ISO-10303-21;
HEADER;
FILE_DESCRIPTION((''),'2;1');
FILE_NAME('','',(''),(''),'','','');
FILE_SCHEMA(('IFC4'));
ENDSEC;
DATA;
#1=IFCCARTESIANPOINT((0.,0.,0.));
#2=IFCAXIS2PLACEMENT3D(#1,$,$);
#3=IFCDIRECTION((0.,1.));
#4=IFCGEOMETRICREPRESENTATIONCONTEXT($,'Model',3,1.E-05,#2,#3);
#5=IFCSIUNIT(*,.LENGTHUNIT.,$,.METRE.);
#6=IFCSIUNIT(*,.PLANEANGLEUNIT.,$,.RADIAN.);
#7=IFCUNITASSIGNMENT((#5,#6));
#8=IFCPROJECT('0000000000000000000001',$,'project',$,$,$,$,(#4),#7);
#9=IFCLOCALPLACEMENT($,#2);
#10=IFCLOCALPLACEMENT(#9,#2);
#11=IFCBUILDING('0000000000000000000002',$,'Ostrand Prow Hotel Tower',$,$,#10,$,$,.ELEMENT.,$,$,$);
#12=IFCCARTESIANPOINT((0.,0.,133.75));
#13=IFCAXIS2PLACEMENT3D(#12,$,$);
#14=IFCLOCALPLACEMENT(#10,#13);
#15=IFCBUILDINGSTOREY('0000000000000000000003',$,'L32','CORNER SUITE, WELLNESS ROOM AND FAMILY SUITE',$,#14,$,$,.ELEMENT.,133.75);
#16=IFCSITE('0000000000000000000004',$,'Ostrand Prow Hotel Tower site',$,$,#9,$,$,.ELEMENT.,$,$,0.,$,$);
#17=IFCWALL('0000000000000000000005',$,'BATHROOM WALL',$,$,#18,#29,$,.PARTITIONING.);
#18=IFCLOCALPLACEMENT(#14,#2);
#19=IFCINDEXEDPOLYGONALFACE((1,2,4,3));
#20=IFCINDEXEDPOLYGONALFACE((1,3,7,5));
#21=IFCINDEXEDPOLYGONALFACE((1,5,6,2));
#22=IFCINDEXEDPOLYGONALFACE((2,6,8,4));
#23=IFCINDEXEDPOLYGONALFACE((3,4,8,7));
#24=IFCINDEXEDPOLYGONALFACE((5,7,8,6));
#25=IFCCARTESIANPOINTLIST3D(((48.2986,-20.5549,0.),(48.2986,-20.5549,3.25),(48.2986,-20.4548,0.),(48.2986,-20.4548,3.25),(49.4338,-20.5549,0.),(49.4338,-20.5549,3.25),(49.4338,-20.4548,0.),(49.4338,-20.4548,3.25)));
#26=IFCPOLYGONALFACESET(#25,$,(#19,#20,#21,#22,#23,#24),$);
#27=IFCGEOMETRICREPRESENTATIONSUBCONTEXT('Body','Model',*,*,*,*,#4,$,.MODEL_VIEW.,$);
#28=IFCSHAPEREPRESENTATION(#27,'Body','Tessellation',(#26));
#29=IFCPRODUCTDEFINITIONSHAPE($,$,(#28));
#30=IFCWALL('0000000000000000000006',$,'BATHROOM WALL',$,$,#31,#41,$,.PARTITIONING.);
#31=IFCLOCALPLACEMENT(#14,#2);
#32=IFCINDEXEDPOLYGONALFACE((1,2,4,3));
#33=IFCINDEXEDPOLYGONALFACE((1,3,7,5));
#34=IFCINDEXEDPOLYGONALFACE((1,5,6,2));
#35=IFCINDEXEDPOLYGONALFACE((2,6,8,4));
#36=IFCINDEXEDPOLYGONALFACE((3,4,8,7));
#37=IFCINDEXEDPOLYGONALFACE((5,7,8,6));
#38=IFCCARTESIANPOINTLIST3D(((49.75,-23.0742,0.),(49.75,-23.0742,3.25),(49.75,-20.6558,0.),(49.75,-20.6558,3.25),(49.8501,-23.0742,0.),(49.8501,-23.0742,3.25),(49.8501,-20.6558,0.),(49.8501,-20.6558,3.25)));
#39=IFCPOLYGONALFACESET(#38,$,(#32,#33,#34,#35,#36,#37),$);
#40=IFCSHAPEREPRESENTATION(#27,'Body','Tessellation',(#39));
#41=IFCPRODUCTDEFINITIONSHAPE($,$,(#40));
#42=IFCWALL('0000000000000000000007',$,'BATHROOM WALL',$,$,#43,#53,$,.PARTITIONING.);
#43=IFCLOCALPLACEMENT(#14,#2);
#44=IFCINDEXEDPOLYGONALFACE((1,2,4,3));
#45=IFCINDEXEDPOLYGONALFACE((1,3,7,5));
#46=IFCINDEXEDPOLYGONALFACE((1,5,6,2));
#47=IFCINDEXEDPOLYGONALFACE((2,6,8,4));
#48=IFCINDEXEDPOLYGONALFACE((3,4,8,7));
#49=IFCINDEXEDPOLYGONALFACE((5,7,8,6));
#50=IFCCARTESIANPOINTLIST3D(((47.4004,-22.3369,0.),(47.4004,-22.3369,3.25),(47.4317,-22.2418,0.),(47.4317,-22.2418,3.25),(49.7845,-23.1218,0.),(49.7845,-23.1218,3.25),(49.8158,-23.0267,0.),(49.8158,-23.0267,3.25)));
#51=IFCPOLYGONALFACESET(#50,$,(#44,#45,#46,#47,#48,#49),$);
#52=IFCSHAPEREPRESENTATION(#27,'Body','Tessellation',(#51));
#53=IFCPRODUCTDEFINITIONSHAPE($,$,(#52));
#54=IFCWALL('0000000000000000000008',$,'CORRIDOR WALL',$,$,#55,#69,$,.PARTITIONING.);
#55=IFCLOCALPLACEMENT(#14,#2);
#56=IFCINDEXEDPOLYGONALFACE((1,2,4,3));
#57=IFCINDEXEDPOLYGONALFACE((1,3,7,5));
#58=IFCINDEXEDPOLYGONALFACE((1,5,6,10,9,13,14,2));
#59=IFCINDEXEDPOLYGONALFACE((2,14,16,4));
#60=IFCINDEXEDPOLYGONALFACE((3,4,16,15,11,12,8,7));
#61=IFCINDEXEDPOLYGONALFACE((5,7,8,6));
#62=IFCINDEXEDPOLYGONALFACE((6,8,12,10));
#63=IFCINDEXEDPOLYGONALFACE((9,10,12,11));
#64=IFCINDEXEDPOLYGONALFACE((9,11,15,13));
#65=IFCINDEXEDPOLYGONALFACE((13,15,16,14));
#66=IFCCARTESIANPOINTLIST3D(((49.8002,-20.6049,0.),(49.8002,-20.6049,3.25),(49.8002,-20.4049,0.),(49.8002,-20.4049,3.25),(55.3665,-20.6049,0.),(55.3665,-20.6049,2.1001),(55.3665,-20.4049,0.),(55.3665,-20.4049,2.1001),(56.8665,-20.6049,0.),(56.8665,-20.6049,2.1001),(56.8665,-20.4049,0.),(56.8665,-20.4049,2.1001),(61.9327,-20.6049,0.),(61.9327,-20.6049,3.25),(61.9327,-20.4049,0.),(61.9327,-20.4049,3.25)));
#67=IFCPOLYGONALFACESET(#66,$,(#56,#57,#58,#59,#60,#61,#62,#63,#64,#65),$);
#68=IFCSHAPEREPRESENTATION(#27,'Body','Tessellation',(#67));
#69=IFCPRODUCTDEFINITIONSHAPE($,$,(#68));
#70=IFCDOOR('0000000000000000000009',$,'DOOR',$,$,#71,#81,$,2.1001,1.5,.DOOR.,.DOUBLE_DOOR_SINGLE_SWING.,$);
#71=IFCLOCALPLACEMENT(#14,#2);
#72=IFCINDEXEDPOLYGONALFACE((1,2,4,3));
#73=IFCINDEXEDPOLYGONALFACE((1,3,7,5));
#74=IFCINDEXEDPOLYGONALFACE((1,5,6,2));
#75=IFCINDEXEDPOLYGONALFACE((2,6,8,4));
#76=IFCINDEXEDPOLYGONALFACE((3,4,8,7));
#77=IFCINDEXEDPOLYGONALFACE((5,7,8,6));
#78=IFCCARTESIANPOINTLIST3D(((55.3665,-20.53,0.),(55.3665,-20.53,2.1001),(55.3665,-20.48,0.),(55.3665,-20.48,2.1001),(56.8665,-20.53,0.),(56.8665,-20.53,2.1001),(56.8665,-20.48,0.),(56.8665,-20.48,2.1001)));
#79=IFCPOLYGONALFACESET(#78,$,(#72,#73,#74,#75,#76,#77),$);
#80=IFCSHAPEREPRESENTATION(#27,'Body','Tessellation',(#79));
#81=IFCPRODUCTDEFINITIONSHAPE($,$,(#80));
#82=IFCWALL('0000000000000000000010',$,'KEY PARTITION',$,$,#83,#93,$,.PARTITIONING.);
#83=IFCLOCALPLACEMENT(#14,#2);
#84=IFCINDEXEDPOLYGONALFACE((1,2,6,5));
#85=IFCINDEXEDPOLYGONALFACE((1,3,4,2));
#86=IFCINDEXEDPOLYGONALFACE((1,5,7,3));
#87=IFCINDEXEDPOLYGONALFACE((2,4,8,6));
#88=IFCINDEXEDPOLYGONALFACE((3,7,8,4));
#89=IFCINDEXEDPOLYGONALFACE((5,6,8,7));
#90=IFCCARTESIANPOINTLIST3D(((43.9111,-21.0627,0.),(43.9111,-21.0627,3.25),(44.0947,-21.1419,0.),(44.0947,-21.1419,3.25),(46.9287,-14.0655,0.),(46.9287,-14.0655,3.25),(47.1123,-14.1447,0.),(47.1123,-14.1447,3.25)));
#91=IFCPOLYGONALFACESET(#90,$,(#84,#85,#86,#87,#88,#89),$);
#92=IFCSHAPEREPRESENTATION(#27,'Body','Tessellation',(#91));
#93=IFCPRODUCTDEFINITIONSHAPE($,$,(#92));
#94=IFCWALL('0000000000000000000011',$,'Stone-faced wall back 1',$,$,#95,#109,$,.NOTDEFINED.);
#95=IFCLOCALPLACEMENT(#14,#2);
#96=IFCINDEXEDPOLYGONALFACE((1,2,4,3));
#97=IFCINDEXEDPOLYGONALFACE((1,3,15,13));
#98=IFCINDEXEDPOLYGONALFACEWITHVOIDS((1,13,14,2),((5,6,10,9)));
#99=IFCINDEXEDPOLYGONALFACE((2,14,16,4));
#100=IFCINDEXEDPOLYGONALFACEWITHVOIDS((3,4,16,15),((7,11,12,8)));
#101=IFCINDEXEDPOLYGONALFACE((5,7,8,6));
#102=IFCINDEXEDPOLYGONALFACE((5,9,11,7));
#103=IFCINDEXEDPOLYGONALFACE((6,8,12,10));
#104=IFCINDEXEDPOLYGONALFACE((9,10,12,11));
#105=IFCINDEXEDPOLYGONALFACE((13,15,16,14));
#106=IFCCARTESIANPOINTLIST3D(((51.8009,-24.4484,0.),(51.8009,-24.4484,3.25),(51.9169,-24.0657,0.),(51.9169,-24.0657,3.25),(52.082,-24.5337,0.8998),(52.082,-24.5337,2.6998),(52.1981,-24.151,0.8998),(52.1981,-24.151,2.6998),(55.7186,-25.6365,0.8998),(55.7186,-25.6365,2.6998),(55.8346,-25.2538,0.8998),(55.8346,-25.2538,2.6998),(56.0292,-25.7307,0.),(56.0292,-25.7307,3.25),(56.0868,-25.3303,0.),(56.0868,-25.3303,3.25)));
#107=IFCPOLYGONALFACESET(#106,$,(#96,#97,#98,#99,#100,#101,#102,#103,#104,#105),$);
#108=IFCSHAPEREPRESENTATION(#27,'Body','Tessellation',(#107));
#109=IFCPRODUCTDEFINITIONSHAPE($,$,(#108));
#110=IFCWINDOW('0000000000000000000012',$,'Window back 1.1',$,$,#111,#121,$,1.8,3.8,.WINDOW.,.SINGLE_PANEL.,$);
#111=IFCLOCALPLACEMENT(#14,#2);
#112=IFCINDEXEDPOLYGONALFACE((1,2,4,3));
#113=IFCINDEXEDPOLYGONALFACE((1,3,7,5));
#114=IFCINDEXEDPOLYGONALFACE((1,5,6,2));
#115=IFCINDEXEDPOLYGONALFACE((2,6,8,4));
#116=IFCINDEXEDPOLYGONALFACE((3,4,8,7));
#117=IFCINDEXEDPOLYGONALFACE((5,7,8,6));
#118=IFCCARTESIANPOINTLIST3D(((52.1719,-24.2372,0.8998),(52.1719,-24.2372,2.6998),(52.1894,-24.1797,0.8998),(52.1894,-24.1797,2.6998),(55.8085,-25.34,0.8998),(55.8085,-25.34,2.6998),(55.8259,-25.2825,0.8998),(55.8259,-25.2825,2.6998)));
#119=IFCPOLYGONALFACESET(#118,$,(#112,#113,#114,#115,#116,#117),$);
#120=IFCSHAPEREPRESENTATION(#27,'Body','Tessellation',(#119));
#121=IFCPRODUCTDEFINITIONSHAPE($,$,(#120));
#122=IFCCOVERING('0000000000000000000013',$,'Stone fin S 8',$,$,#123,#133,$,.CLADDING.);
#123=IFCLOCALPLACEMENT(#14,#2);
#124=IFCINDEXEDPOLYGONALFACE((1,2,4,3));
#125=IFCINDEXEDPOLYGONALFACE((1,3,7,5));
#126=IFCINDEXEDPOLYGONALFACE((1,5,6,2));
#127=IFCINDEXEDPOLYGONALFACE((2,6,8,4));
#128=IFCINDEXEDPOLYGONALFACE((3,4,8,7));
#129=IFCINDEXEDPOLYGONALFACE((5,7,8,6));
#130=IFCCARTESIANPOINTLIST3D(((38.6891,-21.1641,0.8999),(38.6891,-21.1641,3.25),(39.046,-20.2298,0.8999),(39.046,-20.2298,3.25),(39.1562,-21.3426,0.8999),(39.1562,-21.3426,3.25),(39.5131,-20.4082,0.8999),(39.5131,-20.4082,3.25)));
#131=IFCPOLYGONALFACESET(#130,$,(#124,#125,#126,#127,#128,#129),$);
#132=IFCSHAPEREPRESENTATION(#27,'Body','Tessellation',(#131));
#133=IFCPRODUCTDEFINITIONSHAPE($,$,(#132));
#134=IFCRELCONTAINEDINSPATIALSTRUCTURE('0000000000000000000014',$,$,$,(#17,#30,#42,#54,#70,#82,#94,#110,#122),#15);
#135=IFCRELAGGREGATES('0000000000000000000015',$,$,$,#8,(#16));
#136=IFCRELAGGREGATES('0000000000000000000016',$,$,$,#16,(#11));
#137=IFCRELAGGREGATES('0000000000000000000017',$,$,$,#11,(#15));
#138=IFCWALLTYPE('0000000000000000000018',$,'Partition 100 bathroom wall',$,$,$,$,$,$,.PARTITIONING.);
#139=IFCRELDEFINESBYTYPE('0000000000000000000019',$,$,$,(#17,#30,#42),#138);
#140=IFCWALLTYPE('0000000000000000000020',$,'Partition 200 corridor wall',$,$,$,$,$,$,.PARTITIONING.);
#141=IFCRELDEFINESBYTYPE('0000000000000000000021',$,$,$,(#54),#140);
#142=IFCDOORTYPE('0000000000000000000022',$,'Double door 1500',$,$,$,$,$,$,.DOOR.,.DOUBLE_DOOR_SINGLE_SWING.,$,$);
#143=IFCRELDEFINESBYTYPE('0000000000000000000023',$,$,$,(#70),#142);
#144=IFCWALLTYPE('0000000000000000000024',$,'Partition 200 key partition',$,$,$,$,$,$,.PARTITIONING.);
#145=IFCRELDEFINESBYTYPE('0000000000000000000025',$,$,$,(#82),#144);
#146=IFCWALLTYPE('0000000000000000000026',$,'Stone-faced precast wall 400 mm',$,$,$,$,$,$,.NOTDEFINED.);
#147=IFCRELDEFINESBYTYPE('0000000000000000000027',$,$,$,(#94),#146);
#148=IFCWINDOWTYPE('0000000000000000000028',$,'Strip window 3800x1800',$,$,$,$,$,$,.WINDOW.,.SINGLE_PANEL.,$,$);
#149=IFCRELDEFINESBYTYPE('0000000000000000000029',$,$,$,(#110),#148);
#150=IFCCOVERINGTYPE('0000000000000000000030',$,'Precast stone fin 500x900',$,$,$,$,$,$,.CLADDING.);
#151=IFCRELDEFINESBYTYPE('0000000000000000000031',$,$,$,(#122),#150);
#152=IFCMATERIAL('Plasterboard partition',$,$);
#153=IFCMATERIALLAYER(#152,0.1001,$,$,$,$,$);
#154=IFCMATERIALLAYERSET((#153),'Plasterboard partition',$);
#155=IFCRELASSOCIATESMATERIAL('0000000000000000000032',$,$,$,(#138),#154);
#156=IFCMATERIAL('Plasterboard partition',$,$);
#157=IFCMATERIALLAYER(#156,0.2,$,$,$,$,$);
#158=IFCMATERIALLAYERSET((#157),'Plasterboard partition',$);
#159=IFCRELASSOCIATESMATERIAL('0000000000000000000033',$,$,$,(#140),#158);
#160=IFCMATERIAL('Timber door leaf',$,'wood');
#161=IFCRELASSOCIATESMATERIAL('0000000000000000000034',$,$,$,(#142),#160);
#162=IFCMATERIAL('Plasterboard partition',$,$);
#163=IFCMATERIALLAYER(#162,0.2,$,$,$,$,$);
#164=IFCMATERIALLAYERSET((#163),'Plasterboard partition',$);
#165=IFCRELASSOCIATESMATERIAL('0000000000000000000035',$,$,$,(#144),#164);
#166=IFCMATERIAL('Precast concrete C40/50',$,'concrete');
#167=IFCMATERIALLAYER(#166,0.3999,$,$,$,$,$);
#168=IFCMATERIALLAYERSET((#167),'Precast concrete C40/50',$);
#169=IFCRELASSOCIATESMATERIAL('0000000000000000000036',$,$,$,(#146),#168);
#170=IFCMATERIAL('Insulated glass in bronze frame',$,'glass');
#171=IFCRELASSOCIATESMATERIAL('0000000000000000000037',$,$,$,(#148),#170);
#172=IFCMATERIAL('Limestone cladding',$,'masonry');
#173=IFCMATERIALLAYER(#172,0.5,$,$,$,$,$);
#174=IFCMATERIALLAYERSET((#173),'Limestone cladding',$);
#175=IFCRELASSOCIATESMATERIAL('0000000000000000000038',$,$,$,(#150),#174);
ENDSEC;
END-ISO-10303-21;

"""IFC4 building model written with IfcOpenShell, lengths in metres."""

from ifc_helpers import new_model, si_unit, direction, frame, frame_2d, origin, place, context, subcontext, project, spatial, polyline, rectangle, outline, extrude, material, layer, layer_set, type_object, element, fill, save


model = new_model("IFC4")

# Units and contexts
model_context = context("Model", 3, precision=1e-05, world=origin(), true_north=direction((0.0, 1.0)))
body_context = subcontext(model_context, "Body", "Model", "MODEL_VIEW")
ifc_project = project(units=[si_unit("LENGTHUNIT", "METRE"), si_unit("PLANEANGLEUNIT", "RADIAN")], contexts=[model_context])

# Site, building, storey
site_placement = place(None, origin())
site = spatial("IfcSite", under=ifc_project, at=site_placement, Name="Ostrand Prow Hotel Tower site", CompositionType="ELEMENT", RefElevation=0.0)
building_placement = place(site_placement, origin())
building = spatial("IfcBuilding", under=site, at=building_placement, Name="Ostrand Prow Hotel Tower", CompositionType="ELEMENT")
storey_placement = place(building_placement, frame((0.0, 0.0, 133.75)))
storey = spatial("IfcBuildingStorey", under=building, at=storey_placement, Name="L32", Description="CORNER SUITE, WELLNESS ROOM AND FAMILY SUITE", CompositionType="ELEMENT", Elevation=133.75)

# Shared definitions
ifc_material_1 = material(Name="Plasterboard partition")
ifc_layer_1 = layer(ifc_material_1, 0.1001)
ifc_layer_set_1 = layer_set([ifc_layer_1], Name="Plasterboard partition")
wall_type_1 = type_object("IfcWallType", Name="Partition 100 bathroom wall", PredefinedType="PARTITIONING", material=ifc_layer_set_1)

# Walls
wall_1_placement = place(storey_placement, frame((48.2986, -20.5049, 0.0), z_axis=(0.0, 0.0, 1.0), x_axis=(1.0, 0.0, 0.0)))
element("IfcWall", 1, at=wall_1_placement, inside=storey, type_object=wall_type_1, Name="BATHROOM WALL", PredefinedType="PARTITIONING", context=body_context, shape_type="SweptSolid", body=[
    extrude(rectangle(XDim=1.1353, YDim=0.1001, at=frame_2d((0.5676, 0.0))), origin(), (0.0, 0.0, 1.0), 3.25),
])
wall_2_placement = place(storey_placement, frame((49.8, -20.6558, 0.0), z_axis=(0.0, 0.0, 1.0), x_axis=(0.0, -1.0, 0.0)))
element("IfcWall", 2, at=wall_2_placement, inside=storey, type_object=wall_type_1, Name="BATHROOM WALL", PredefinedType="PARTITIONING", context=body_context, shape_type="SweptSolid", body=[
    extrude(rectangle(XDim=2.4185, YDim=0.1001, at=frame_2d((1.2092, 0.0))), origin(), (0.0, 0.0, 1.0), 3.25),
])
wall_3_placement = place(storey_placement, frame((49.8, -23.0742, 0.0), z_axis=(0.0, 0.0, 1.0), x_axis=(-0.949844, 0.312724, 0.0)))
element("IfcWall", 3, at=wall_3_placement, inside=storey, type_object=wall_type_1, Name="BATHROOM WALL", PredefinedType="PARTITIONING", context=body_context, shape_type="SweptSolid", body=[
    extrude(rectangle(XDim=2.51, YDim=0.1001, at=frame_2d((1.2549, 0.0))), origin(), (0.0, 0.0, 1.0), 3.25),
])

# Wall, opening, door
ifc_material_2 = material(Name="Plasterboard partition")
ifc_layer_2 = layer(ifc_material_2, 0.2)
ifc_layer_set_2 = layer_set([ifc_layer_2], Name="Plasterboard partition")
wall_type_2 = type_object("IfcWallType", Name="Partition 200 corridor wall", PredefinedType="PARTITIONING", material=ifc_layer_set_2)
wall_4_placement = place(storey_placement, frame((49.8, -20.5049, 0.0), z_axis=(0.0, 0.0, 1.0), x_axis=(1.0, 0.0, 0.0)))
wall_4 = element("IfcWall", 4, at=wall_4_placement, inside=storey, type_object=wall_type_2, Name="CORRIDOR WALL", PredefinedType="PARTITIONING", context=body_context, shape_type="SweptSolid", body=[
    extrude(rectangle(XDim=12.1326, YDim=0.2, at=frame_2d((6.0664, 0.0))), origin(), (0.0, 0.0, 1.0), 3.25),
])
opening_1_placement = place(wall_4_placement, frame((5.5664, 0.0, 0.0)))
opening_1 = element("IfcOpeningElement", 5, at=opening_1_placement, cuts=wall_4, PredefinedType="OPENING", context=body_context, shape_type="SweptSolid", body=[
    extrude(rectangle(XDim=1.5, YDim=2.1001, at=frame_2d((0.75, 1.05))), frame((0.0, 0.1099, 0.0), z_axis=(0.0, -1.0, 0.0), x_axis=(1.0, 0.0, 0.0)), (0.0, 0.0, 1.0), 0.22),
])
ifc_material_3 = material(Name="Timber door leaf", Category="wood")
door_type_1 = type_object("IfcDoorType", Name="Double door 1500", OperationType="DOUBLE_DOOR_SINGLE_SWING", PredefinedType="DOOR", material=ifc_material_3)
door_1_placement = place(opening_1_placement, origin())
door_1 = element("IfcDoor", 6, at=door_1_placement, inside=storey, type_object=door_type_1, Name="DOOR", OperationType="DOUBLE_DOOR_SINGLE_SWING", OverallHeight=2.1001, OverallWidth=1.5, PredefinedType="DOOR", context=body_context, shape_type="SweptSolid", body=[
    extrude(rectangle(XDim=1.5, YDim=2.1001, at=frame_2d((0.75, 1.05))), frame((0.0, 0.0249, 0.0), z_axis=(0.0, -1.0, 0.0), x_axis=(1.0, 0.0, 0.0)), (0.0, 0.0, 1.0), 0.05),
])
fill(opening_1, door_1)

# Wall
ifc_material_4 = material(Name="Plasterboard partition")
ifc_layer_3 = layer(ifc_material_4, 0.2)
ifc_layer_set_3 = layer_set([ifc_layer_3], Name="Plasterboard partition")
wall_type_3 = type_object("IfcWallType", Name="Partition 200 key partition", PredefinedType="PARTITIONING", material=ifc_layer_set_3)
wall_5_placement = place(storey_placement, frame((44.0029, -21.1023, 0.0), z_axis=(0.0, 0.0, 1.0), x_axis=(0.396006, 0.918248, 0.0)))
element("IfcWall", 7, at=wall_5_placement, inside=storey, type_object=wall_type_3, Name="KEY PARTITION", PredefinedType="PARTITIONING", context=body_context, shape_type="SweptSolid", body=[
    extrude(rectangle(XDim=7.6201, YDim=0.2, at=frame_2d((3.8101, 0.0))), origin(), (0.0, 0.0, 1.0), 3.25),
])

# Wall, opening, window
ifc_material_5 = material(Name="Precast concrete C40/50", Category="concrete")
ifc_layer_4 = layer(ifc_material_5, 0.3999)
ifc_layer_set_4 = layer_set([ifc_layer_4], Name="Precast concrete C40/50")
wall_type_4 = type_object("IfcWallType", Name="Stone-faced precast wall 400 mm", PredefinedType="NOTDEFINED", material=ifc_layer_set_4)
wall_6_placement = place(storey_placement, frame((51.8589, -24.2571, 0.0), z_axis=(0.0, 0.0, 1.0), x_axis=(0.956964, -0.290205, 0.0)))
wall_6 = element("IfcWall", 8, at=wall_6_placement, inside=storey, type_object=wall_type_4, Name="Stone-faced wall back 1", PredefinedType="NOTDEFINED", context=body_context, shape_type="SweptSolid", body=[
    extrude(outline(polyline([(0.0, -0.2), (4.4185, -0.2), (4.3574, 0.2), (0.0, 0.2), (0.0, -0.2)])), origin(), (0.0, 0.0, 1.0), 3.25),
])
opening_2_placement = place(wall_6_placement, frame((0.2939, 0.0, 0.8999)))
opening_2 = element("IfcOpeningElement", 9, at=opening_2_placement, cuts=wall_6, PredefinedType="OPENING", context=body_context, shape_type="SweptSolid", body=[
    extrude(rectangle(XDim=3.8, YDim=1.8, at=frame_2d((1.8999, 0.8999))), frame((0.0, 0.21, 0.0), z_axis=(0.0, -1.0, 0.0), x_axis=(1.0, 0.0, 0.0)), (0.0, 0.0, 1.0), 0.4199),
])
ifc_material_6 = material(Name="Insulated glass in bronze frame", Category="glass")
window_type = type_object("IfcWindowType", Name="Strip window 3800x1800", PartitioningType="SINGLE_PANEL", PredefinedType="WINDOW", material=ifc_material_6)
window_placement = place(opening_2_placement, origin())
window = element("IfcWindow", 10, at=window_placement, inside=storey, type_object=window_type, Name="Window back 1.1", OverallHeight=1.8, OverallWidth=3.8, PartitioningType="SINGLE_PANEL", PredefinedType="WINDOW", context=body_context, shape_type="SweptSolid", body=[
    extrude(rectangle(XDim=3.8, YDim=1.8, at=frame_2d((1.8999, 0.8999))), frame((0.0, 0.1699, 0.0), z_axis=(0.0, -1.0, 0.0), x_axis=(1.0, 0.0, 0.0)), (0.0, 0.0, 1.0), 0.0601),
])
fill(opening_2, window)

# Covering
ifc_material_7 = material(Name="Limestone cladding", Category="masonry")
ifc_layer_5 = layer(ifc_material_7, 0.5)
ifc_layer_set_5 = layer_set([ifc_layer_5], Name="Limestone cladding")
covering_type = type_object("IfcCoveringType", Name="Precast stone fin 500x900", PredefinedType="CLADDING", material=ifc_layer_set_5)
covering_placement = place(storey_placement, frame((39.2795, -20.3191, 0.8999), z_axis=(0.0, 0.0, 1.0), x_axis=(-0.356868, -0.934155, 0.0)))
element("IfcCovering", 11, at=covering_placement, inside=storey, type_object=covering_type, Name="Stone fin S 8", PredefinedType="CLADDING", context=body_context, shape_type="SweptSolid", body=[
    extrude(rectangle(XDim=1.0002, YDim=0.5, at=frame_2d((0.5, 0.0))), origin(), (0.0, 0.0, 1.0), 2.3501),
])

save(model, "model.ifc")
